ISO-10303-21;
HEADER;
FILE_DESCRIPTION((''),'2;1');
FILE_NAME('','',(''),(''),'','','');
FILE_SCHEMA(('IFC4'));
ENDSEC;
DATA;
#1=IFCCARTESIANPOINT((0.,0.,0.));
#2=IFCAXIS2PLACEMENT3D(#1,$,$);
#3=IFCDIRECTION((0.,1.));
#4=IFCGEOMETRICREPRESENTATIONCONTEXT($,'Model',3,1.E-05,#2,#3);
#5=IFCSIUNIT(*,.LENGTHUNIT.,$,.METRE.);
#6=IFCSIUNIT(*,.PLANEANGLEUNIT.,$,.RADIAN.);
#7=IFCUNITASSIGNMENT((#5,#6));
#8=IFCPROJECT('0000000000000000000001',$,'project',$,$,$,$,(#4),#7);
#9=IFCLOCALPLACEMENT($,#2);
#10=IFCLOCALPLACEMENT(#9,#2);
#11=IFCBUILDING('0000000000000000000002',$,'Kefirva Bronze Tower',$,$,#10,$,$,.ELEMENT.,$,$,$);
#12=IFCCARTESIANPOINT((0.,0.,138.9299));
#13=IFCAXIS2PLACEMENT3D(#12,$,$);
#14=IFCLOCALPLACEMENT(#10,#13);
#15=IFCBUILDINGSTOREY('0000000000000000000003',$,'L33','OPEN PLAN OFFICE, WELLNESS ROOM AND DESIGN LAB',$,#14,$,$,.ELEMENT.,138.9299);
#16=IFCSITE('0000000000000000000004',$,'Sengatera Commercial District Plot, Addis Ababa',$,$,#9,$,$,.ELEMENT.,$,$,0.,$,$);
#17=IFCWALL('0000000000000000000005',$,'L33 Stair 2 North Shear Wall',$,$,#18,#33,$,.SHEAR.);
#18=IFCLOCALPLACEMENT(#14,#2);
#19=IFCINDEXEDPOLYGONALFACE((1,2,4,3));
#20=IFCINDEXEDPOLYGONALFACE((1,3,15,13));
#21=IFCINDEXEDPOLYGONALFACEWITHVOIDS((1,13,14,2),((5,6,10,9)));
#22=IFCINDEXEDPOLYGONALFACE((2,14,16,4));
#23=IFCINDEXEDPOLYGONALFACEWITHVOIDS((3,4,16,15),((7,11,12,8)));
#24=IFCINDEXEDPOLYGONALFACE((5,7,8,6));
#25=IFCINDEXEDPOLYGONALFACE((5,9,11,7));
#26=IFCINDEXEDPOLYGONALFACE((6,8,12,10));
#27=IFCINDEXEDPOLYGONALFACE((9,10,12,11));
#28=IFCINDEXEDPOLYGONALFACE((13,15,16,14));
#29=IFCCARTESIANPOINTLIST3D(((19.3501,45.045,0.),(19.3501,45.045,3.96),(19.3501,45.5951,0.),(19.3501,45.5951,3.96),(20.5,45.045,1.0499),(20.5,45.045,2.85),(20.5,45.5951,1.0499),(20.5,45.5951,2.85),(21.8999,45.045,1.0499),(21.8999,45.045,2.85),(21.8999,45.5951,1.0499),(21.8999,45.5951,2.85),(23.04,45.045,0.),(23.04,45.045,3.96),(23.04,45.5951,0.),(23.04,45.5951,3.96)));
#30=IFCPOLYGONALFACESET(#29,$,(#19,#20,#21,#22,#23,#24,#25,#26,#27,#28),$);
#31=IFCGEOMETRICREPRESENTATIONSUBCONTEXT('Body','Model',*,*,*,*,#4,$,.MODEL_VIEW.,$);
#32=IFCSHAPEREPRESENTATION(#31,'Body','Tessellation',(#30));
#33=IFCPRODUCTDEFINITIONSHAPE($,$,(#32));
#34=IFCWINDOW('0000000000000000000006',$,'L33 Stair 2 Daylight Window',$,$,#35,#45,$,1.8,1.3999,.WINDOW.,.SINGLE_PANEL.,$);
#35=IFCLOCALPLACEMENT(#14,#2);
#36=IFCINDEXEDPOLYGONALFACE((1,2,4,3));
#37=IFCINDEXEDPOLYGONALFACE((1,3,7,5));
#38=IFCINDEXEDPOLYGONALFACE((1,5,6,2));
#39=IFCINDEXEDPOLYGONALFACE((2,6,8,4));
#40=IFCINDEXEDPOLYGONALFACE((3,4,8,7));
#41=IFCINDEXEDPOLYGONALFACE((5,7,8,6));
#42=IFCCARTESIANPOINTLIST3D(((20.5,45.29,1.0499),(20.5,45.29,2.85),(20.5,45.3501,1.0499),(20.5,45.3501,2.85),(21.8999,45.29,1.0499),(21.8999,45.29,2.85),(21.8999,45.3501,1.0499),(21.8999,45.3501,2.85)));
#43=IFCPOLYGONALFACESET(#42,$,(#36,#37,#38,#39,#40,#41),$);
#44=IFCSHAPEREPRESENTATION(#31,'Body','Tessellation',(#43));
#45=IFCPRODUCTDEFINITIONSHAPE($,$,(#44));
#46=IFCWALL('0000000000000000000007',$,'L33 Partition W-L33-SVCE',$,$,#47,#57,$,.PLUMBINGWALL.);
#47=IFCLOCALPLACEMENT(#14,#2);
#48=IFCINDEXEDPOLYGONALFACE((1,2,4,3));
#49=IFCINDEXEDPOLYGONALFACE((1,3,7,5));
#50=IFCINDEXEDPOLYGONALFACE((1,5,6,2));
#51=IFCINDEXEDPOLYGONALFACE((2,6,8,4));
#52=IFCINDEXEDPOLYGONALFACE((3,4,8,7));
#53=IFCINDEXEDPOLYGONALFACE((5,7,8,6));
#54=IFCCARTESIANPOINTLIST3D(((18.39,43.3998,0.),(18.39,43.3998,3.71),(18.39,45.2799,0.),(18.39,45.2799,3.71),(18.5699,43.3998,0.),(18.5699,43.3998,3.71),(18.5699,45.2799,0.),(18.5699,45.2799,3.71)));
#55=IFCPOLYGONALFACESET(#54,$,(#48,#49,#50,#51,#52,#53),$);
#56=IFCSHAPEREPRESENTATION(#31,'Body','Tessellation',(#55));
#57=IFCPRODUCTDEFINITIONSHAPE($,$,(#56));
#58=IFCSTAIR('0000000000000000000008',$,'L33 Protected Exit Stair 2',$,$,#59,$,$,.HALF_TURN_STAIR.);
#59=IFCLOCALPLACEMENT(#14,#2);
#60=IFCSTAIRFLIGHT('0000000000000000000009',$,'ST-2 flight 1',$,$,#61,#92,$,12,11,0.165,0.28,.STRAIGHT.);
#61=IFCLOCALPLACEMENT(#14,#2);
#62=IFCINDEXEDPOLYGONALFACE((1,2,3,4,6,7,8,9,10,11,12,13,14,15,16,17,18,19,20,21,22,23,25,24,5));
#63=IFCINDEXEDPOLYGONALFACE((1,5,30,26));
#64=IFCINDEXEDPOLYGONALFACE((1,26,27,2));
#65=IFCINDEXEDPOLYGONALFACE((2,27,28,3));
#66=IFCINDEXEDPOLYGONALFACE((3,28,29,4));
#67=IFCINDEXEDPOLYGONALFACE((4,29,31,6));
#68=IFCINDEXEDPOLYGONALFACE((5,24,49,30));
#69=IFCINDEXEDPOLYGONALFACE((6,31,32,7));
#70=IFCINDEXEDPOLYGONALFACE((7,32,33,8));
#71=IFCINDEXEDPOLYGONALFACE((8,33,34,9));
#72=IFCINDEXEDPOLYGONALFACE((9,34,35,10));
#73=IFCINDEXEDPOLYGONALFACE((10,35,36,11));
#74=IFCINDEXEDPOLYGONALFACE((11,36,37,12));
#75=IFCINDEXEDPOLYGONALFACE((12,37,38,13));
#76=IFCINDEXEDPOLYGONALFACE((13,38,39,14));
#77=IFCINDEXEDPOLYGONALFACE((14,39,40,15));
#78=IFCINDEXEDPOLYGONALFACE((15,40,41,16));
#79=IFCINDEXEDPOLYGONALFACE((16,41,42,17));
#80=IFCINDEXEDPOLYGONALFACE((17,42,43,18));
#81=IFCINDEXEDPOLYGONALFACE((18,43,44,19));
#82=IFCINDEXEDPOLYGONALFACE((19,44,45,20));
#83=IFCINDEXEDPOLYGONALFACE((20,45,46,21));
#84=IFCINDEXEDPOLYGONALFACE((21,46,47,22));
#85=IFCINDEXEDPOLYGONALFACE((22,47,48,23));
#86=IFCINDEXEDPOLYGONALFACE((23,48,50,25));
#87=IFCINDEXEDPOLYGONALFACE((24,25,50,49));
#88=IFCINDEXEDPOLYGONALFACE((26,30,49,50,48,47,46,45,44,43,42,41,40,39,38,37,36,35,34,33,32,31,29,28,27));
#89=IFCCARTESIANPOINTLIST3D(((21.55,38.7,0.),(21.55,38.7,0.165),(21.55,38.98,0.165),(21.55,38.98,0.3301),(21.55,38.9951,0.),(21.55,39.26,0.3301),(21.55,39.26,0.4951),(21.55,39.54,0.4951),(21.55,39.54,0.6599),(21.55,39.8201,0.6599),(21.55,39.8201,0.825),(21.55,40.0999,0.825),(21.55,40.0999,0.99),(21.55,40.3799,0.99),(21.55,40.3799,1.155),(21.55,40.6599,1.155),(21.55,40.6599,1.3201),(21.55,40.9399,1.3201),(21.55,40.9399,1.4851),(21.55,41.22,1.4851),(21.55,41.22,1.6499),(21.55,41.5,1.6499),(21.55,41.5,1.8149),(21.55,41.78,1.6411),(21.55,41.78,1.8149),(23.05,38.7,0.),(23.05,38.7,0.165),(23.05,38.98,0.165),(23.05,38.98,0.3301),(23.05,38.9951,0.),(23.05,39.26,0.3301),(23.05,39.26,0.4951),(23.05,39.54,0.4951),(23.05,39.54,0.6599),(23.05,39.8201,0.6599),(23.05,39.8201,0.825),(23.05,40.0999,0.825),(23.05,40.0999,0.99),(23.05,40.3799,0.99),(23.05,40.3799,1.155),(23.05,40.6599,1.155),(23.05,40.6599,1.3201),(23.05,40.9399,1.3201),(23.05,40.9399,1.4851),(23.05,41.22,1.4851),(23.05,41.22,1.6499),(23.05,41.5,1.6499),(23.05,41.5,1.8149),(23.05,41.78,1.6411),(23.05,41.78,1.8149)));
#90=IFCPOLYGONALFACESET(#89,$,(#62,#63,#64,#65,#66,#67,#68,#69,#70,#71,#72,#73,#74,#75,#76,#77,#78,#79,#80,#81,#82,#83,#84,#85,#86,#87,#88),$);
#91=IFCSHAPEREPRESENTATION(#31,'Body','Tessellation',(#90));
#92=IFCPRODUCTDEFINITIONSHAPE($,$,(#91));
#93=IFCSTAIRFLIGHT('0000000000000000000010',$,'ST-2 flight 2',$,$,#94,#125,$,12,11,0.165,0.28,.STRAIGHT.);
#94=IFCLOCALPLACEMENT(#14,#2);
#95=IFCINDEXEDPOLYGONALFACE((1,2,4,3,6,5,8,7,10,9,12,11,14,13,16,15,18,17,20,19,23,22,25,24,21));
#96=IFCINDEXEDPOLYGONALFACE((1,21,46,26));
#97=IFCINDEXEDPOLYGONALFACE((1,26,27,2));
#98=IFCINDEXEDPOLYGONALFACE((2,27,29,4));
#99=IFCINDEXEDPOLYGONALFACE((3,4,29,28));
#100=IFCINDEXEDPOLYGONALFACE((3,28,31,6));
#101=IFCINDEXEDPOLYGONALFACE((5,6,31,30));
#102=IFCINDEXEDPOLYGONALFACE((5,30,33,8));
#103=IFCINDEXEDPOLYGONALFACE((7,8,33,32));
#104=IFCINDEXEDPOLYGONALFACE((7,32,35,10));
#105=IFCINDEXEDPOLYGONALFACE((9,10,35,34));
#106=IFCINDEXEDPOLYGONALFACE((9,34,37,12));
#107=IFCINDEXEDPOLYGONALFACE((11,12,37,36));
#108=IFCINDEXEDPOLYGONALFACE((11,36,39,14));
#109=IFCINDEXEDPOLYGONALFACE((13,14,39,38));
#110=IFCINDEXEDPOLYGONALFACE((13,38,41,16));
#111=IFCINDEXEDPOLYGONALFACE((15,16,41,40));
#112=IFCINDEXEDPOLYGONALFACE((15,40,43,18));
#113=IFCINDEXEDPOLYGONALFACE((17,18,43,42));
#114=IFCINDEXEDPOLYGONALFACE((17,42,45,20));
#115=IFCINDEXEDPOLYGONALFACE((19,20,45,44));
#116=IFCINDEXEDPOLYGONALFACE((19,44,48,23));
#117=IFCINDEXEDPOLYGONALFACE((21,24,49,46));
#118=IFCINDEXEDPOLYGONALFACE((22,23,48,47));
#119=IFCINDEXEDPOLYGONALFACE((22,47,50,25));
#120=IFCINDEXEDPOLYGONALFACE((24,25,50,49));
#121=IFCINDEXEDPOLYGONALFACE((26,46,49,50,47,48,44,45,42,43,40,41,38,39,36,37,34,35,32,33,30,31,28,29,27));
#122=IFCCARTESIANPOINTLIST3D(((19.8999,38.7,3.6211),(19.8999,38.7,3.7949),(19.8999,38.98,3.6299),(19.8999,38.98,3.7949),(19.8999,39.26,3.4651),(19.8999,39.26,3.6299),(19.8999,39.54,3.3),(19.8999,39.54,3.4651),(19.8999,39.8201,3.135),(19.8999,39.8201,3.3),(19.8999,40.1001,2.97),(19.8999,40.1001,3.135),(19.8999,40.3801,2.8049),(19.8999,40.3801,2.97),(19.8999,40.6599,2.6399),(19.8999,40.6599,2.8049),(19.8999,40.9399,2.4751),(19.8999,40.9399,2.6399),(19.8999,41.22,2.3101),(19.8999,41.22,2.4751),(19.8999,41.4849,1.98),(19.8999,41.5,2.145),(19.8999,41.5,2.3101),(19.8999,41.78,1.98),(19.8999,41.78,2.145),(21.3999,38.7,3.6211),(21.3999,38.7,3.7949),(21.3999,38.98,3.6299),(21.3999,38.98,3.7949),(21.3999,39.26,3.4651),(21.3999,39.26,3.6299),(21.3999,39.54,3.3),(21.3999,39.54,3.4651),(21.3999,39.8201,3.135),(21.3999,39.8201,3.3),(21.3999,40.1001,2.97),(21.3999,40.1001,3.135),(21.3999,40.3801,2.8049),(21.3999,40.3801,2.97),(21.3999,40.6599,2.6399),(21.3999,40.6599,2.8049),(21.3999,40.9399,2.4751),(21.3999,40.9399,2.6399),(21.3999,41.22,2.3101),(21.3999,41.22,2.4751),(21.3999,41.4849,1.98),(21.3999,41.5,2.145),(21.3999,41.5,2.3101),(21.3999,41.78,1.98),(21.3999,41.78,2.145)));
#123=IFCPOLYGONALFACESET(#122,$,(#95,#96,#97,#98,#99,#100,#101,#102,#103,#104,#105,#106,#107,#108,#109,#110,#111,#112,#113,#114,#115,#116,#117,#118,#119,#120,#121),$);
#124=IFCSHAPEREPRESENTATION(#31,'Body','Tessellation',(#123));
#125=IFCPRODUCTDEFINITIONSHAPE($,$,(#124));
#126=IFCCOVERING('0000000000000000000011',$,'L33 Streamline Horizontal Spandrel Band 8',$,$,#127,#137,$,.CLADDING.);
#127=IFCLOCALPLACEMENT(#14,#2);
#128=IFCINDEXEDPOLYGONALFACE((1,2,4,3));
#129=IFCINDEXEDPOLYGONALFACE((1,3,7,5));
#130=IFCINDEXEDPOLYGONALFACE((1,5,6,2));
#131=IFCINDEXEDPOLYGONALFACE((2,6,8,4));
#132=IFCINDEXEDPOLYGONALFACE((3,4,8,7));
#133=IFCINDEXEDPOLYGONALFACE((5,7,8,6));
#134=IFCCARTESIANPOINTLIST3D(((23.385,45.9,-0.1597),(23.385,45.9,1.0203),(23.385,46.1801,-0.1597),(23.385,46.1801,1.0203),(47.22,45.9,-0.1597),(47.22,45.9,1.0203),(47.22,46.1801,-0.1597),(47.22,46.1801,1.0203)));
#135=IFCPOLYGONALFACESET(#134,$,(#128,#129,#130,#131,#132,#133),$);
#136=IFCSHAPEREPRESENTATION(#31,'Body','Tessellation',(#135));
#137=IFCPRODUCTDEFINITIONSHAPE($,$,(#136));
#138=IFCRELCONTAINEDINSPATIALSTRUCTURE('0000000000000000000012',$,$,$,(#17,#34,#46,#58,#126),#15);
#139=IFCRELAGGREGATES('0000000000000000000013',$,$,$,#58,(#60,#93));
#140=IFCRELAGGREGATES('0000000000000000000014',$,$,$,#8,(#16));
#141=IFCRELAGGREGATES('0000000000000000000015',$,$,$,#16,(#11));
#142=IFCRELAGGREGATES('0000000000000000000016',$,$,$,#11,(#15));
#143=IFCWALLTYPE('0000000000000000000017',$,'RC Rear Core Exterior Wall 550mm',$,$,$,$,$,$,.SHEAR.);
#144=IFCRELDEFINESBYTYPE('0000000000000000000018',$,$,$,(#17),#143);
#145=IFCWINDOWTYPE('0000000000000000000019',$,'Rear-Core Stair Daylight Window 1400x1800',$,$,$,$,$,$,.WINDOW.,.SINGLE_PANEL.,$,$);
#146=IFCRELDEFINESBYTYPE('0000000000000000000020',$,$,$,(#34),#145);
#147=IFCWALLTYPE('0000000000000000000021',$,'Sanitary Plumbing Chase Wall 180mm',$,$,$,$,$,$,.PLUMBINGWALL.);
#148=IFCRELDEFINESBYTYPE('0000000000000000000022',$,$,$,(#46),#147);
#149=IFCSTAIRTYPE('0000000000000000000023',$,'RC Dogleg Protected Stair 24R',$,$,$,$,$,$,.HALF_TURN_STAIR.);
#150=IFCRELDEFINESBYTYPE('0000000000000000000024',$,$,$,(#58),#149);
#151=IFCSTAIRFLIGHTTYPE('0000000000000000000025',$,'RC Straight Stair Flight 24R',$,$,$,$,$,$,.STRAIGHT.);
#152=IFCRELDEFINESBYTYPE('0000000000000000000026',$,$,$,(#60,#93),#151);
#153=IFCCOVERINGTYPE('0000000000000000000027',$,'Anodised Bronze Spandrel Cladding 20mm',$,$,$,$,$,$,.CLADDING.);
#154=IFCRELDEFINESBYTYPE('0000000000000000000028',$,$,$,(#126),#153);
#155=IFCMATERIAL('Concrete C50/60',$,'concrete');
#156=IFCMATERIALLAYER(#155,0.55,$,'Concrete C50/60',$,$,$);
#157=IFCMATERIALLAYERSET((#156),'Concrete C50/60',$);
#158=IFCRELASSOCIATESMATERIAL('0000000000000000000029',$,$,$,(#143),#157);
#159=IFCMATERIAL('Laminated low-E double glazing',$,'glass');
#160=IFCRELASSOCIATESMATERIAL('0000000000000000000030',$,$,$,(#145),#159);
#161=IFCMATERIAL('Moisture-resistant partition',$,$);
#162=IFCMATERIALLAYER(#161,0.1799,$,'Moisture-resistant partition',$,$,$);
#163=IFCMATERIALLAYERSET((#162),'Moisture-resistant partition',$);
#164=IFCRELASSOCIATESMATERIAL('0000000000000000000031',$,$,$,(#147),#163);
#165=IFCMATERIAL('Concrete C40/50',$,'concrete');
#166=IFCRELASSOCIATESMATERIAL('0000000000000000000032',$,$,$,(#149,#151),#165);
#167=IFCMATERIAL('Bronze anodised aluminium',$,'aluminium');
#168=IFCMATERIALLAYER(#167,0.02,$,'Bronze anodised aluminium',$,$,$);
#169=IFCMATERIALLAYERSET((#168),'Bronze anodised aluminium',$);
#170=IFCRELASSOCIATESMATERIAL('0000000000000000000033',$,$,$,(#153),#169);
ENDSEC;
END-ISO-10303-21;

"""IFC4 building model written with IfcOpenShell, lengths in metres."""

from ifc_helpers import new_model, si_unit, direction, frame, frame_2d, origin, origin_2d, place, context, subcontext, project, spatial, polyline, rectangle, outline, extrude, material, layer, layer_set, type_object, element, fill, aggregate, save


model = new_model("IFC4")

# Units and contexts
model_context = context("Model", 3, precision=1e-05, world=origin(), true_north=direction((0.0, 1.0)))
body_context = subcontext(model_context, "Body", "Model", "MODEL_VIEW")
ifc_project = project(units=[si_unit("LENGTHUNIT", "METRE"), si_unit("PLANEANGLEUNIT", "RADIAN")], contexts=[model_context])

# Site, building, storey
site_placement = place(None, origin())
site = spatial("IfcSite", under=ifc_project, at=site_placement, Name="Sengatera Commercial District Plot, Addis Ababa", CompositionType="ELEMENT", RefElevation=0.0)
building_placement = place(site_placement, origin())
building = spatial("IfcBuilding", under=site, at=building_placement, Name="Kefirva Bronze Tower", CompositionType="ELEMENT")
storey_placement = place(building_placement, frame((0.0, 0.0, 138.9299)))
storey = spatial("IfcBuildingStorey", under=building, at=storey_placement, Name="L33", Description="OPEN PLAN OFFICE, WELLNESS ROOM AND DESIGN LAB", CompositionType="ELEMENT", Elevation=138.9299)

# Shared definitions
ifc_material_1 = material(Name="Bronze anodised aluminium", Category="aluminium")

# Shared definitions
ifc_material_2 = material(Name="Concrete C50/60", Category="concrete")

# Shared definitions
ifc_material_3 = material(Name="Laminated low-E double glazing", Category="glass")

# Wall, opening, window
ifc_layer_1 = layer(ifc_material_2, 0.55, Name="Concrete C50/60")
ifc_layer_set_1 = layer_set([ifc_layer_1], Name="Concrete C50/60")
wall_type_1 = type_object("IfcWallType", Name="RC Rear Core Exterior Wall 550mm", PredefinedType="SHEAR", material=ifc_layer_set_1)
wall_1_placement = place(storey_placement, frame((19.3501, 45.3201, 0.0), z_axis=(0.0, 0.0, 1.0), x_axis=(1.0, 0.0, 0.0)))
wall_1 = element("IfcWall", 1, at=wall_1_placement, inside=storey, type_object=wall_type_1, Name="L33 Stair 2 North Shear Wall", PredefinedType="SHEAR", context=body_context, shape_type="SweptSolid", body=[
    extrude(rectangle(XDim=3.6899, YDim=0.55, at=frame_2d((1.845, 0.0))), origin(), (0.0, 0.0, 1.0), 3.96),
])
opening_placement = place(wall_1_placement, frame((1.1499, 0.0, 1.05)))
opening = element("IfcOpeningElement", 2, at=opening_placement, cuts=wall_1, PredefinedType="OPENING", context=body_context, shape_type="SweptSolid", body=[
    extrude(rectangle(XDim=1.3999, YDim=1.8, at=frame_2d((0.7, 0.8999))), frame((0.0, 0.2852, 0.0), z_axis=(0.0, -1.0, 0.0), x_axis=(1.0, 0.0, 0.0)), (0.0, 0.0, 1.0), 0.5701),
])
window_type = type_object("IfcWindowType", Name="Rear-Core Stair Daylight Window 1400x1800", PartitioningType="SINGLE_PANEL", PredefinedType="WINDOW", material=ifc_material_3)
window_placement = place(opening_placement, origin())
window = element("IfcWindow", 3, at=window_placement, inside=storey, type_object=window_type, Name="L33 Stair 2 Daylight Window", OverallHeight=1.8, OverallWidth=1.3999, PartitioningType="SINGLE_PANEL", PredefinedType="WINDOW", context=body_context, shape_type="SweptSolid", body=[
    extrude(rectangle(XDim=1.3999, YDim=1.8, at=frame_2d((0.7, 0.8999))), frame((0.0, 0.03, 0.0), z_axis=(0.0, -1.0, 0.0), x_axis=(1.0, 0.0, 0.0)), (0.0, 0.0, 1.0), 0.0601),
])
fill(opening, window)

# Wall
ifc_material_4 = material(Name="Moisture-resistant partition")
ifc_layer_2 = layer(ifc_material_4, 0.1799, Name="Moisture-resistant partition")
ifc_layer_set_2 = layer_set([ifc_layer_2], Name="Moisture-resistant partition")
wall_type_2 = type_object("IfcWallType", Name="Sanitary Plumbing Chase Wall 180mm", PredefinedType="PLUMBINGWALL", material=ifc_layer_set_2)
wall_2_placement = place(storey_placement, frame((18.48, 43.3999, 0.0), z_axis=(0.0, 0.0, 1.0), x_axis=(0.0, 1.0, 0.0)))
element("IfcWall", 4, at=wall_2_placement, inside=storey, type_object=wall_type_2, Name="L33 Partition W-L33-SVCE", PredefinedType="PLUMBINGWALL", context=body_context, shape_type="SweptSolid", body=[
    extrude(rectangle(XDim=1.8801, YDim=0.1799, at=frame_2d((0.9399, 0.0))), origin(), (0.0, 0.0, 1.0), 3.71),
])

# Stair, stair flights
ifc_material_5 = material(Name="Concrete C40/50", Category="concrete")
stair_type = type_object("IfcStairType", Name="RC Dogleg Protected Stair 24R", PredefinedType="HALF_TURN_STAIR", material=ifc_material_5)
stair_placement = place(storey_placement, origin())
stair = element("IfcStair", 5, at=stair_placement, inside=storey, type_object=stair_type, Name="L33 Protected Exit Stair 2", PredefinedType="HALF_TURN_STAIR")
stair_flight_type = type_object("IfcStairFlightType", Name="RC Straight Stair Flight 24R", PredefinedType="STRAIGHT", material=ifc_material_5)
stair_flight_1_placement = place(storey_placement, frame((22.3, 38.7, 0.0), z_axis=(0.0, 0.0, 1.0), x_axis=(0.0, 1.0, 0.0)))
stair_flight_1 = element("IfcStairFlight", 6, at=stair_flight_1_placement, type_object=stair_flight_type, Name="ST-2 flight 1", NumberOfRisers=12, NumberOfTreads=11, PredefinedType="STRAIGHT", RiserHeight=0.165, TreadLength=0.28, context=body_context, shape_type="SweptSolid", body=[
    extrude(outline(polyline([(0.0, 0.0), (0.0, 0.165), (0.28, 0.165), (0.28, 0.3301), (0.5601, 0.3301), (0.5601, 0.4951), (0.8401, 0.4951), (0.8401, 0.6599), (1.1201, 0.6599), (1.1201, 0.825), (1.3999, 0.825), (1.3999, 0.99), (1.6799, 0.99), (1.6799, 1.155), (1.96, 1.155), (1.96, 1.3201), (2.24, 1.3201), (2.24, 1.4851), (2.52, 1.4851), (2.52, 1.6499), (2.8, 1.6499), (2.8, 1.8149), (3.0801, 1.8149), (3.0801, 1.98), (3.0801, 1.6411), (0.2952, 0.0), (0.0, 0.0)])), frame((0.0, 0.75, 0.0), z_axis=(0.0, -1.0, 0.0), x_axis=(1.0, 0.0, 0.0)), (0.0, 0.0, 1.0), 1.5),
])
stair_flight_2_placement = place(storey_placement, frame((20.6499, 41.78, 1.98), z_axis=(0.0, 0.0, 1.0), x_axis=(0.0, -1.0, 0.0)))
stair_flight_2 = element("IfcStairFlight", 7, at=stair_flight_2_placement, type_object=stair_flight_type, Name="ST-2 flight 2", NumberOfRisers=12, NumberOfTreads=11, PredefinedType="STRAIGHT", RiserHeight=0.165, TreadLength=0.28, context=body_context, shape_type="SweptSolid", body=[
    extrude(outline(polyline([(0.0, 0.0), (0.0, 0.165), (0.28, 0.165), (0.28, 0.3301), (0.5601, 0.3301), (0.5601, 0.4951), (0.8401, 0.4951), (0.8401, 0.6599), (1.1201, 0.6599), (1.1201, 0.825), (1.3999, 0.825), (1.3999, 0.99), (1.6799, 0.99), (1.6799, 1.155), (1.96, 1.155), (1.96, 1.3201), (2.24, 1.3201), (2.24, 1.4851), (2.52, 1.4851), (2.52, 1.6499), (2.8, 1.6499), (2.8, 1.8149), (3.0801, 1.8149), (3.0801, 1.98), (3.0801, 1.6411), (0.2952, 0.0), (0.0, 0.0)])), frame((0.0, 0.75, 0.0), z_axis=(0.0, -1.0, 0.0), x_axis=(1.0, 0.0, 0.0)), (0.0, 0.0, 1.0), 1.5),
])
aggregate(stair, [stair_flight_1, stair_flight_2])

# Covering
ifc_layer_3 = layer(ifc_material_1, 0.02, Name="Bronze anodised aluminium")
ifc_layer_set_3 = layer_set([ifc_layer_3], Name="Bronze anodised aluminium")
covering_type_1 = type_object("IfcCoveringType", Name="Anodised Bronze Spandrel Cladding 20mm", PredefinedType="CLADDING", material=ifc_layer_set_3)
covering_1_placement = place(storey_placement, frame((35.3025, 46.04, -0.1597), z_axis=(0.0, 0.0, 1.0), x_axis=(-1.0, 0.0, 0.0)))
element("IfcCovering", 8, at=covering_1_placement, inside=storey, type_object=covering_type_1, Name="L33 Streamline Horizontal Spandrel Band 8", PredefinedType="CLADDING", context=body_context, shape_type="SweptSolid", body=[
    extrude(rectangle(XDim=23.835, YDim=0.28, at=origin_2d()), origin(), (0.0, 0.0, 1.0), 1.1799),
])

save(model, "model.ifc")
